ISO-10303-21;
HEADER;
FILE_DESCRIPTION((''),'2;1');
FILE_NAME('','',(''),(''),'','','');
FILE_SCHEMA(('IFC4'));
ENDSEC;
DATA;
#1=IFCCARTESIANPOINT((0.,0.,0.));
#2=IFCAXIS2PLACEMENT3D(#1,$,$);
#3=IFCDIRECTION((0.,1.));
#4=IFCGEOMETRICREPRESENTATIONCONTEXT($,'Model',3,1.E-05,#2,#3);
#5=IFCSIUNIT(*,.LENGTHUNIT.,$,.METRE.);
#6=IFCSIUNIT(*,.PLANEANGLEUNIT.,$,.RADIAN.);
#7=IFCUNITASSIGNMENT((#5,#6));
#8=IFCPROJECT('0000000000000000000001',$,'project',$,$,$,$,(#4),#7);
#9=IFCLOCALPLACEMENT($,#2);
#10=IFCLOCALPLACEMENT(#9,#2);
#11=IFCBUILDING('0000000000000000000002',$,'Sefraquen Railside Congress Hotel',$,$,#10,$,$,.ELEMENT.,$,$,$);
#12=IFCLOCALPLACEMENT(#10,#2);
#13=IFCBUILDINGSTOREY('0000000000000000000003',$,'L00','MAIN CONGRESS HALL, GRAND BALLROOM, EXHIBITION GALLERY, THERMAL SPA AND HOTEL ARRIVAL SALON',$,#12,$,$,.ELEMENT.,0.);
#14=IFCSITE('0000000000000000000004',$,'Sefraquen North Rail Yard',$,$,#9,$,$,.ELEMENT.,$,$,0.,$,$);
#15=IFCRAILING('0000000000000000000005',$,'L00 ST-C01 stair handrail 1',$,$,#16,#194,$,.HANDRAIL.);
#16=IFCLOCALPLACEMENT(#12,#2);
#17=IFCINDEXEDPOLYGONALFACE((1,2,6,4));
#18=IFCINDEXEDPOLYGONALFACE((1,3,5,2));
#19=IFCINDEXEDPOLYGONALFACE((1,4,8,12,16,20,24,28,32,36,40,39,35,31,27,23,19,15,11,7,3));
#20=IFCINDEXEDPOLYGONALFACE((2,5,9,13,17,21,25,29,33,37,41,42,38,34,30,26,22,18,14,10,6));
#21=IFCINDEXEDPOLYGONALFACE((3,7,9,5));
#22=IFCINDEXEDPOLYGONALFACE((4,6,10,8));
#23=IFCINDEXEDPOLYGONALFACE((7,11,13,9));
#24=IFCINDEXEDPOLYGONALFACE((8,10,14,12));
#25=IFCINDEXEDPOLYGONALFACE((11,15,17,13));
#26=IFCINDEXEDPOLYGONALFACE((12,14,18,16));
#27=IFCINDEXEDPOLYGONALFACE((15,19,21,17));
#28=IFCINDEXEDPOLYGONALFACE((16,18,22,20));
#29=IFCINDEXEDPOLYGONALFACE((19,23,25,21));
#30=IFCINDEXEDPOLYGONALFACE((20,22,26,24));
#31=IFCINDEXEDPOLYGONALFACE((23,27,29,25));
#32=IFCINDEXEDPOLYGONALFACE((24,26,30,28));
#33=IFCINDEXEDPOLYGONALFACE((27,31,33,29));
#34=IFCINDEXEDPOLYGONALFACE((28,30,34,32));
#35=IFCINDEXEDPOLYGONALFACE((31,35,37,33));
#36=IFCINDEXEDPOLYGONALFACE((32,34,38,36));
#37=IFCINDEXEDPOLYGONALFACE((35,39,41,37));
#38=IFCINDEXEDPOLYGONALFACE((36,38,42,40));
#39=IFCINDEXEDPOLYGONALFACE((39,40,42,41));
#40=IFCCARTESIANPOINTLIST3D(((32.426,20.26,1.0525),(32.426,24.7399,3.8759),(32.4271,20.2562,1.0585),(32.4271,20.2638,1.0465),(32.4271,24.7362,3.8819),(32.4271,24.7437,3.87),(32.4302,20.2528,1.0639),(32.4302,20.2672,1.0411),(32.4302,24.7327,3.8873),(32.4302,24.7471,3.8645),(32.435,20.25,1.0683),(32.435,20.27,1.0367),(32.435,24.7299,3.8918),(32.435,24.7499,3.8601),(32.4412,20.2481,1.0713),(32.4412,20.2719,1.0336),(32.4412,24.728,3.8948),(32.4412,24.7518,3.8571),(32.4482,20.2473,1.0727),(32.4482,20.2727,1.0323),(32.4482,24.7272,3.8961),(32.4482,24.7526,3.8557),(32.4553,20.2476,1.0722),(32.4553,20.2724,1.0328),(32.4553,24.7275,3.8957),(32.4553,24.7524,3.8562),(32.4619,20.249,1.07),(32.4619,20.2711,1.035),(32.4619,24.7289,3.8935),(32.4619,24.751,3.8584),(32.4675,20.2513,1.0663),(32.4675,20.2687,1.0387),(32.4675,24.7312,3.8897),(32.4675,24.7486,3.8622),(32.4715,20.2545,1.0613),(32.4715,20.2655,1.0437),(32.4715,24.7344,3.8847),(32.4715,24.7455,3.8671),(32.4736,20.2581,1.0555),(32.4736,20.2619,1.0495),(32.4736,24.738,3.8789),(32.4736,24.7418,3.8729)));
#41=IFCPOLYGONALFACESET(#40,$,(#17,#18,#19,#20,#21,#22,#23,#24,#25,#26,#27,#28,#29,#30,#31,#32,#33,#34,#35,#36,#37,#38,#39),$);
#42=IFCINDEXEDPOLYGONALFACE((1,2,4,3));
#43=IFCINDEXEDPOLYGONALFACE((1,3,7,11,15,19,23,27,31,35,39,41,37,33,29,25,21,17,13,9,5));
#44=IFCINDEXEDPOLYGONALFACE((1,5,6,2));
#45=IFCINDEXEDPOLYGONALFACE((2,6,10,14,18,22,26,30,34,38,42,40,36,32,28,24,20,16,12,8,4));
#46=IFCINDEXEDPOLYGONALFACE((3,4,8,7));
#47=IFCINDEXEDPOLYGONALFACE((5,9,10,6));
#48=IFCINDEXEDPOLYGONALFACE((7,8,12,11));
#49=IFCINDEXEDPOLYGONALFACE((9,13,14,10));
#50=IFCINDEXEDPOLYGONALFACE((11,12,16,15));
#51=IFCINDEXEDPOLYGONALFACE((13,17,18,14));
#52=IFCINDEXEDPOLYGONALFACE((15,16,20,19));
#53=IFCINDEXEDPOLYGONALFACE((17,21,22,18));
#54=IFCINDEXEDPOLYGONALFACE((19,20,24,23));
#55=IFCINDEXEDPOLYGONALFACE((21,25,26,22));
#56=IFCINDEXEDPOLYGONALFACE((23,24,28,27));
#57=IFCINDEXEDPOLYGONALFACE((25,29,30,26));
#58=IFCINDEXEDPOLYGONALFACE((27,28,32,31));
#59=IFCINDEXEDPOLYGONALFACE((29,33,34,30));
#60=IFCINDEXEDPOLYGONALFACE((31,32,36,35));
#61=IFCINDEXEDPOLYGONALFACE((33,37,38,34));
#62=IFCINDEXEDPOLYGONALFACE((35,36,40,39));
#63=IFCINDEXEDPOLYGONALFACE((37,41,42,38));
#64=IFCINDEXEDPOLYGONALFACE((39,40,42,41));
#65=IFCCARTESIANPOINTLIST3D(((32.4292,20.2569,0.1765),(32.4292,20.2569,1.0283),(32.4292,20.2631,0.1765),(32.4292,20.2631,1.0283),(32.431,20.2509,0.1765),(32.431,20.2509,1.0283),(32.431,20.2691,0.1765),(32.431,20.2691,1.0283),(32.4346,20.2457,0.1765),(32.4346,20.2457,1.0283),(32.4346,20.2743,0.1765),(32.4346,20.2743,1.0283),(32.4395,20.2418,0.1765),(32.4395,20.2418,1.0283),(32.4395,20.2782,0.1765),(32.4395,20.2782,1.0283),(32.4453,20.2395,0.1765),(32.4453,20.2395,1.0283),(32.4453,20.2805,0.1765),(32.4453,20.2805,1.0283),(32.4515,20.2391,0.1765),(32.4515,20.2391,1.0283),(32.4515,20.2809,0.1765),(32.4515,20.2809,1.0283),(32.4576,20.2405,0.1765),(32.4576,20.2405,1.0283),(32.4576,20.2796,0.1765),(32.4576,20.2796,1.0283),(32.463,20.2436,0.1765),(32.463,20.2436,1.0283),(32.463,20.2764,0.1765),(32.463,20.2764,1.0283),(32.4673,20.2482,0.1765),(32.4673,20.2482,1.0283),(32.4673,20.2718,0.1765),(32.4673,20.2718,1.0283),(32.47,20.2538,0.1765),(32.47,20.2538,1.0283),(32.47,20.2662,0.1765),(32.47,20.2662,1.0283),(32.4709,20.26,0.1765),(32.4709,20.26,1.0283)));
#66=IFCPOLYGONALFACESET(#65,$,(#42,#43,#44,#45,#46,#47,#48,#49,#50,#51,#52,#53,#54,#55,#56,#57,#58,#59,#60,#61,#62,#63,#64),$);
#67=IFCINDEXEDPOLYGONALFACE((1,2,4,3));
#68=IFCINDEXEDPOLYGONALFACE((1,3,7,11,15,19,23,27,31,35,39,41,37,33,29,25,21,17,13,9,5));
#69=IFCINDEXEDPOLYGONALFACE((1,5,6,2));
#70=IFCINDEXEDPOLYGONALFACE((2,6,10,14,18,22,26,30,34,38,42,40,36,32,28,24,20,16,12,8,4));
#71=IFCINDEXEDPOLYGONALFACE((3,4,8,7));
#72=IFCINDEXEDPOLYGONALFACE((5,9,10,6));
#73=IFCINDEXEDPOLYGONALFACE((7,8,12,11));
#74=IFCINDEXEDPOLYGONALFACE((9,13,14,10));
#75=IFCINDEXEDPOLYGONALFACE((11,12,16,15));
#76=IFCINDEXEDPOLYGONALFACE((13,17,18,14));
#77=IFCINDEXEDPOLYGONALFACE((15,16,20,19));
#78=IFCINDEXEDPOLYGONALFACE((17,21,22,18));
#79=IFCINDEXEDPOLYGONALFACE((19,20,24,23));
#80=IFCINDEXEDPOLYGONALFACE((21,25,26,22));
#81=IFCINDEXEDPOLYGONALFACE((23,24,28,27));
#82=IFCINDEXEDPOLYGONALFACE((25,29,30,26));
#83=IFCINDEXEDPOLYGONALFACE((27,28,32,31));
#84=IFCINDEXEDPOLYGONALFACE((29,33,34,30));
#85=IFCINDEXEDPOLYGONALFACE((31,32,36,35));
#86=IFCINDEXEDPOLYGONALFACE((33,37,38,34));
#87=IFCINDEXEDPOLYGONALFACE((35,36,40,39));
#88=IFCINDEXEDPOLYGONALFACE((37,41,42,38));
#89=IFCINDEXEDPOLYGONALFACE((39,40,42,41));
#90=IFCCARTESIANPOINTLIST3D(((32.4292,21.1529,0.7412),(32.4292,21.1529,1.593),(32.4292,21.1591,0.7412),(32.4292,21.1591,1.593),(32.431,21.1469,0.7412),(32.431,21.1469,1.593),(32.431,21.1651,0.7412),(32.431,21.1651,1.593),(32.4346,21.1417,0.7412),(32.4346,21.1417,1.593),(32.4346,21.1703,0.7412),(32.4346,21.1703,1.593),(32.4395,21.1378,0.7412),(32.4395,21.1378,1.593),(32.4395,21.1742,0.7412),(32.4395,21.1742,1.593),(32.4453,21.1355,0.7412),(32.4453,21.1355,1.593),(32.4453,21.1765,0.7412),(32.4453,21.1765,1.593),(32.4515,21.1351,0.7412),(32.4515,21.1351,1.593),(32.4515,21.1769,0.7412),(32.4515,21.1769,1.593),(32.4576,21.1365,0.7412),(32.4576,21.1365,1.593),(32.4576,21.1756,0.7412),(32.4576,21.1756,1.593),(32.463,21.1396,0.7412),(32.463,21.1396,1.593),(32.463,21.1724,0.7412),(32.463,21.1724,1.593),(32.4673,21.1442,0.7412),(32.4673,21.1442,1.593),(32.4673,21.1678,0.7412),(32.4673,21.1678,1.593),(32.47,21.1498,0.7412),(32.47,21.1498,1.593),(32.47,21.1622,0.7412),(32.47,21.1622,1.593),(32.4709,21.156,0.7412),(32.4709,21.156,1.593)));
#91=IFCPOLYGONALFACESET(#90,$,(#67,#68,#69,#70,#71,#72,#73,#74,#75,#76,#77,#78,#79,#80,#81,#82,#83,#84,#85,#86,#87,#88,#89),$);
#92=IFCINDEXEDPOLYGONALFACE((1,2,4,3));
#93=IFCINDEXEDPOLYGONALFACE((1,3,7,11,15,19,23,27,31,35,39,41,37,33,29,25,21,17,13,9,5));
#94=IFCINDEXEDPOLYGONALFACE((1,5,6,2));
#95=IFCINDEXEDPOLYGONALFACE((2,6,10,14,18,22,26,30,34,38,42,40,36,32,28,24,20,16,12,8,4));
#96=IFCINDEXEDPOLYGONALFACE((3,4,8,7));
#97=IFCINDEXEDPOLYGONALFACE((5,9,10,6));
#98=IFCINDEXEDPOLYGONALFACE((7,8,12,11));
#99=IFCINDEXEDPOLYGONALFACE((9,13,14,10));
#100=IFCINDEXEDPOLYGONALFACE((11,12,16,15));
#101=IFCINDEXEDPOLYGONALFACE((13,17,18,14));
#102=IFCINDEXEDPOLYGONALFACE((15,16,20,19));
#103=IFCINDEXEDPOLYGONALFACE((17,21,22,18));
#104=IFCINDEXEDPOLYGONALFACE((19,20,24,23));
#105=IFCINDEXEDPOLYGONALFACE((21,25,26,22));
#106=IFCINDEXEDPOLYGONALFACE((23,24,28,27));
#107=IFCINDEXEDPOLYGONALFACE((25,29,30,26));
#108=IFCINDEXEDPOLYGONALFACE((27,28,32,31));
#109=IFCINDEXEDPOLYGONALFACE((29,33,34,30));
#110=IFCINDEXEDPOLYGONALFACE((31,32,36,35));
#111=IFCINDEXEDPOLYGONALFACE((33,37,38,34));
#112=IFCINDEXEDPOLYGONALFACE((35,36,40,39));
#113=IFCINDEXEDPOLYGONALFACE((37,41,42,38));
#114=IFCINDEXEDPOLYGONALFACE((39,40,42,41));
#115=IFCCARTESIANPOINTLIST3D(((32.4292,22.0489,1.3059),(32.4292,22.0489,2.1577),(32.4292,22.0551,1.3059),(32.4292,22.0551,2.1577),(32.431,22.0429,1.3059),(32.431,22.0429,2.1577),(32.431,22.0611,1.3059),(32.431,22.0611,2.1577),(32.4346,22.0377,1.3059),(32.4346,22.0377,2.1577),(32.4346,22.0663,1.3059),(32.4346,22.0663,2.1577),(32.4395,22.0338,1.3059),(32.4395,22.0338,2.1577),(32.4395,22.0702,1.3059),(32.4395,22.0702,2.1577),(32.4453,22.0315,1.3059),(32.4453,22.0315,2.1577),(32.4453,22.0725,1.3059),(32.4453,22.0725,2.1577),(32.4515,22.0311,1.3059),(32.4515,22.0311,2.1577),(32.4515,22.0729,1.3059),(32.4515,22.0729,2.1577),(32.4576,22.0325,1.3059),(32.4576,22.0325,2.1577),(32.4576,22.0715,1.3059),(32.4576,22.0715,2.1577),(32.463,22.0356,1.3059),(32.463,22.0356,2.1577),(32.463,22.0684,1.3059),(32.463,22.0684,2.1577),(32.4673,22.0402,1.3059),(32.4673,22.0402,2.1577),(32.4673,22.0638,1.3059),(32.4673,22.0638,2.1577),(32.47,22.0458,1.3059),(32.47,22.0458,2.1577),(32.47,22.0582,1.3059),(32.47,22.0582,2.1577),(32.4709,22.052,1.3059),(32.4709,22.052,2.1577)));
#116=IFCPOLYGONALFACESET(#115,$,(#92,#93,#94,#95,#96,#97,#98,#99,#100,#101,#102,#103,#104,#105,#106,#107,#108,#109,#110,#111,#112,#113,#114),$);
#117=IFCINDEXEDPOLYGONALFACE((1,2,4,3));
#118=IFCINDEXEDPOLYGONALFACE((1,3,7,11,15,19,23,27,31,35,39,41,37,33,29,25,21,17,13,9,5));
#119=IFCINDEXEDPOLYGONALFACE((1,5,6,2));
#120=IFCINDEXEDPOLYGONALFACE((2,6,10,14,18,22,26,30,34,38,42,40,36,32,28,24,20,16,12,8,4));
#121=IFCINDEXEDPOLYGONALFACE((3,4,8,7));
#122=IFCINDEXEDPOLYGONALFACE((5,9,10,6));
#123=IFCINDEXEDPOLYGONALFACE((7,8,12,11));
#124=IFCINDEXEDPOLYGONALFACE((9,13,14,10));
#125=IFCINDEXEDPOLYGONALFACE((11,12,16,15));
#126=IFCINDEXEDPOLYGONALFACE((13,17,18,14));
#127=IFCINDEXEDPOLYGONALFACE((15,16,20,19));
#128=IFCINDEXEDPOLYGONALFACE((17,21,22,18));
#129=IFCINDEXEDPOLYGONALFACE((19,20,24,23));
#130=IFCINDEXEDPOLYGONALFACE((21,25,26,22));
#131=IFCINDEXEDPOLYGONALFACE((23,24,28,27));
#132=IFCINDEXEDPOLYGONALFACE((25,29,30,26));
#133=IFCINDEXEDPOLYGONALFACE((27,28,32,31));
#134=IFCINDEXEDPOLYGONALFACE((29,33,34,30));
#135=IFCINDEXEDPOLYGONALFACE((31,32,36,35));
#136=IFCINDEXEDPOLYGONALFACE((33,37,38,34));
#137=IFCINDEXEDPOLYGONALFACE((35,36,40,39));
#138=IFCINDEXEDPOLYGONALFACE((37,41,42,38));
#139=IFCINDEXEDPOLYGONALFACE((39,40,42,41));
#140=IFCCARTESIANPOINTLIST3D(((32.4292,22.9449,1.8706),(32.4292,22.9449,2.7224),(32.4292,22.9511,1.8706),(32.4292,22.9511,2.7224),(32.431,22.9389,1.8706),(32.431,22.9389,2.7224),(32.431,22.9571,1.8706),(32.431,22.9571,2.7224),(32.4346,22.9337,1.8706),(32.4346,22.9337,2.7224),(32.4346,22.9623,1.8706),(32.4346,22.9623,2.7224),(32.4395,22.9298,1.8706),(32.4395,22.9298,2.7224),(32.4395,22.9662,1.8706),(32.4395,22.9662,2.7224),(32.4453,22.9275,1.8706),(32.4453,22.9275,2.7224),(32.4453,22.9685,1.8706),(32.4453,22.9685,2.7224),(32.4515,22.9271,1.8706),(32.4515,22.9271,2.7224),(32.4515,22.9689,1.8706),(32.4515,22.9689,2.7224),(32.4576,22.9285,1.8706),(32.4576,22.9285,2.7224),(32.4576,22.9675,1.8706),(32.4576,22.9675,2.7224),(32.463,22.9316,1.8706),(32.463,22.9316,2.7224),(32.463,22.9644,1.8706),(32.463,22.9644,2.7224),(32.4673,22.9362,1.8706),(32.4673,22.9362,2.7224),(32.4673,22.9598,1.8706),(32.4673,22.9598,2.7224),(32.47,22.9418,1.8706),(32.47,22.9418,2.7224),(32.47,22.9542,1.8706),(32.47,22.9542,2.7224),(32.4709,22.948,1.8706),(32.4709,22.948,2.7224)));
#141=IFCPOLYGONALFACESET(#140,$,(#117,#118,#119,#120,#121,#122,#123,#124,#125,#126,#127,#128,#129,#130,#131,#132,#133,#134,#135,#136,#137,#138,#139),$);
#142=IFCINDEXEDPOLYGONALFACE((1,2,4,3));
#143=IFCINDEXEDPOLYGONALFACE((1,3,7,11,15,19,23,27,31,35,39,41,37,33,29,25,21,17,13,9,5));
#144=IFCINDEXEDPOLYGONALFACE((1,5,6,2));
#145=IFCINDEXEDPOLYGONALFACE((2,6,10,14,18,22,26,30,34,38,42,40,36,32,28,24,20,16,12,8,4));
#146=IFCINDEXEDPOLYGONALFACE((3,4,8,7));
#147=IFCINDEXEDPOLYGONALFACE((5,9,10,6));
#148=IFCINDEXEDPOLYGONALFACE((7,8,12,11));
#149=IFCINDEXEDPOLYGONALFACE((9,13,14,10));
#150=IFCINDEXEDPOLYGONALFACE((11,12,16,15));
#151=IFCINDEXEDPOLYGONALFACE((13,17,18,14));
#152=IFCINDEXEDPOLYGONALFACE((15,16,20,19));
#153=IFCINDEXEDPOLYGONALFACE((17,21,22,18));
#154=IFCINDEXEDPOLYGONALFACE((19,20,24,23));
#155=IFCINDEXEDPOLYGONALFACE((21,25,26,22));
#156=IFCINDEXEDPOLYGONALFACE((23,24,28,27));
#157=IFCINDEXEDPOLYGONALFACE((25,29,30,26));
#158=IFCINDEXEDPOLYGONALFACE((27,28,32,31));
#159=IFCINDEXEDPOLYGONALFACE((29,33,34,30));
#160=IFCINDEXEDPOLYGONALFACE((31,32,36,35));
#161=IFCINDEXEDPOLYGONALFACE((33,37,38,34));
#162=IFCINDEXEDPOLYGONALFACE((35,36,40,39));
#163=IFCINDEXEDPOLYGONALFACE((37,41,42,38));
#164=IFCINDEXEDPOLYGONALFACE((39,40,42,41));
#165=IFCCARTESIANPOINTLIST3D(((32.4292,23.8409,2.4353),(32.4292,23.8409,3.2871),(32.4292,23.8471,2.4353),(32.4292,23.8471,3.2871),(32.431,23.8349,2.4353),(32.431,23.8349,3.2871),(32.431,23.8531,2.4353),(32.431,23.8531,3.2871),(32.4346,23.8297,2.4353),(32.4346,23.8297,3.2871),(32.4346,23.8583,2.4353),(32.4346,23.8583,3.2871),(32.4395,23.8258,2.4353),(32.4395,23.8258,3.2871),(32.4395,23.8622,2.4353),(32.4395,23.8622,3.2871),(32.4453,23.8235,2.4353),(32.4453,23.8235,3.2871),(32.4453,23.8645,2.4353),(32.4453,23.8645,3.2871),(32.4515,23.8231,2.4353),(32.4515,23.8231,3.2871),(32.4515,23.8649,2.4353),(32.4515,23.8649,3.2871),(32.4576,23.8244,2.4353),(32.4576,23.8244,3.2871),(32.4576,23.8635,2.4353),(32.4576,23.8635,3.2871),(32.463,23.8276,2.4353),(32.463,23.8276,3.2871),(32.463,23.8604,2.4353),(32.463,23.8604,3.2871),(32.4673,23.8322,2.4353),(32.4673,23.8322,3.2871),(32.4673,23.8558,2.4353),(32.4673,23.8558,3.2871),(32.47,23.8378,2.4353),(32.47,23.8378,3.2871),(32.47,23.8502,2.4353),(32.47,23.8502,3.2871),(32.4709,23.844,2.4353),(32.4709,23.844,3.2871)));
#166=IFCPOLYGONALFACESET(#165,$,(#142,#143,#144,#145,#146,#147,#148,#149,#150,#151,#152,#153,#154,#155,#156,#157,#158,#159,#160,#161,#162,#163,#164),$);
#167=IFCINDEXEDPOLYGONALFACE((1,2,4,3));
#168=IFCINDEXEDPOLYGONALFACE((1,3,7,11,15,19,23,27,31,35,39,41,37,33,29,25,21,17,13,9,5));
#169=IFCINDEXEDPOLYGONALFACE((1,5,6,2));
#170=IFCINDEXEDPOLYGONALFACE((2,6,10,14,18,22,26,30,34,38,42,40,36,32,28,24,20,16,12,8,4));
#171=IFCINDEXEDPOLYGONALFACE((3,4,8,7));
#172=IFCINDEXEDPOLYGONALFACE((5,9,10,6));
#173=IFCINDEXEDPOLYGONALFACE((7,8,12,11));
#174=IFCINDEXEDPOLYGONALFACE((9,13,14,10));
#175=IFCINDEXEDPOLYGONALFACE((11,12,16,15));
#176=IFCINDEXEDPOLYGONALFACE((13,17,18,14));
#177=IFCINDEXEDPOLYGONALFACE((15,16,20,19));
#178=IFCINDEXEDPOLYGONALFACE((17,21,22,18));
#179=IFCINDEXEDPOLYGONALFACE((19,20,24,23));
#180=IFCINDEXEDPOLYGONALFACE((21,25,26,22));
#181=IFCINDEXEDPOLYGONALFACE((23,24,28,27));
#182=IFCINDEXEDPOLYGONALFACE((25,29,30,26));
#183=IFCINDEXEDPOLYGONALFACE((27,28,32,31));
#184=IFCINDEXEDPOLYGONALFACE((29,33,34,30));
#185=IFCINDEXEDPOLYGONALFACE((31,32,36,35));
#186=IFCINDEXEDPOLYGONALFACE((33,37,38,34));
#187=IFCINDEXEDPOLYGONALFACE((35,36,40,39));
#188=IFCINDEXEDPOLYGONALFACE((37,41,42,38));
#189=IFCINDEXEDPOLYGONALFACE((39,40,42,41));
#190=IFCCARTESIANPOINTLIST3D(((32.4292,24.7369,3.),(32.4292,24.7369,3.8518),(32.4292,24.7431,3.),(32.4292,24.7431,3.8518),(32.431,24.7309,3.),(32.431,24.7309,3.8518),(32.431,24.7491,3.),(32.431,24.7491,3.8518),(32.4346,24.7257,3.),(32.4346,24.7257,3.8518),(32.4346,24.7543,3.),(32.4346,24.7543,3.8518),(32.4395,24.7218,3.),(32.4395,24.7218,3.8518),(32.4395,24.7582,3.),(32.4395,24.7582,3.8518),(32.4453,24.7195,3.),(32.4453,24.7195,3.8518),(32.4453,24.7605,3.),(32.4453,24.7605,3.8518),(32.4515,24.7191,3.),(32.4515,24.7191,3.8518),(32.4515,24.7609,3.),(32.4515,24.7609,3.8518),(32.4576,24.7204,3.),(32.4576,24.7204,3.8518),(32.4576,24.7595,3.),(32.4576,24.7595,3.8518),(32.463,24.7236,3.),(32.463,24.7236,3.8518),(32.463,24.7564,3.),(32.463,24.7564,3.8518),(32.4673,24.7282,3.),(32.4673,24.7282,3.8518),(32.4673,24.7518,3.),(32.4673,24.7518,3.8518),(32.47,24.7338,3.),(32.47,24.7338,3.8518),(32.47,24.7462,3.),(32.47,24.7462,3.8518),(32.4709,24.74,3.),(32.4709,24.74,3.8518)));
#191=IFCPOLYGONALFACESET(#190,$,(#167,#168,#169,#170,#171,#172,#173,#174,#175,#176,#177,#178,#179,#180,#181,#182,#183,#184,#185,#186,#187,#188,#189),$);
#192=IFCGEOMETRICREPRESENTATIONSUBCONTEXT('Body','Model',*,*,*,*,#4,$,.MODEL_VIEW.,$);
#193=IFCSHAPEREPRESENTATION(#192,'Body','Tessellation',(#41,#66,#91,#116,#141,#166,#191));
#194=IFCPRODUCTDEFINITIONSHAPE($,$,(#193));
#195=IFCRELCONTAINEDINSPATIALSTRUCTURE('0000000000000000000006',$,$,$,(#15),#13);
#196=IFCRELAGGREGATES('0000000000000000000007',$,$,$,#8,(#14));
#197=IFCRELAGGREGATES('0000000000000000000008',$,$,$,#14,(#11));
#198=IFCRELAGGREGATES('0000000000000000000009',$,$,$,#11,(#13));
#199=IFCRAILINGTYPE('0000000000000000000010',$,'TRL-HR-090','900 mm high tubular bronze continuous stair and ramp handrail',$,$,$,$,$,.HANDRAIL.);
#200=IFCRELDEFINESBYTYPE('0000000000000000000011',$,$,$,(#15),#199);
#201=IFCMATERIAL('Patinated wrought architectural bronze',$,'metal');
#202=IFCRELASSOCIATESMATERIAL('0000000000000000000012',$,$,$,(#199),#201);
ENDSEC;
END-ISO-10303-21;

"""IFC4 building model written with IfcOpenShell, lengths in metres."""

from ifc_helpers import new_model, si_unit, direction, frame, origin, origin_2d, place, context, subcontext, project, spatial, circle, extrude, material, type_object, element, save


model = new_model("IFC4")

# Units and contexts
model_context = context("Model", 3, precision=1e-05, world=origin(), true_north=direction((0.0, 1.0)))
body_context = subcontext(model_context, "Body", "Model", "MODEL_VIEW")
ifc_project = project(units=[si_unit("LENGTHUNIT", "METRE"), si_unit("PLANEANGLEUNIT", "RADIAN")], contexts=[model_context])

# Site, building, storey
site_placement = place(None, origin())
site = spatial("IfcSite", under=ifc_project, at=site_placement, Name="Sefraquen North Rail Yard", CompositionType="ELEMENT", RefElevation=0.0)
building_placement = place(site_placement, origin())
building = spatial("IfcBuilding", under=site, at=building_placement, Name="Sefraquen Railside Congress Hotel", CompositionType="ELEMENT")
storey_placement = place(building_placement, origin())
storey = spatial("IfcBuildingStorey", under=building, at=storey_placement, Name="L00", Description="MAIN CONGRESS HALL, GRAND BALLROOM, EXHIBITION GALLERY, THERMAL SPA AND HOTEL ARRIVAL SALON", CompositionType="ELEMENT", Elevation=0.0)

# Shared definitions
ifc_material_1 = material(Name="Patinated wrought architectural bronze", Category="metal")

# Railing
railing_type_1 = type_object("IfcRailingType", Name="TRL-HR-090", Description="900 mm high tubular bronze continuous stair and ramp handrail", PredefinedType="HANDRAIL", material=ifc_material_1)
railing_1_placement = place(storey_placement, frame((32.45, 20.26, 0.1765)))
element("IfcRailing", 1, at=railing_1_placement, inside=storey, type_object=railing_type_1, Name="L00 ST-C01 stair handrail 1", PredefinedType="HANDRAIL", context=body_context, shape_type="SweptSolid", body=[
    extrude(circle(Radius=0.0239, at=origin_2d()), frame((0.0, 0.0, 0.876), z_axis=(0.0, 0.845998, 0.533186), x_axis=(-1.0, 0.0, 0.0)), (0.0, 0.0, 1.0), 5.2954),
    extrude(circle(Radius=0.021, at=origin_2d()), origin(), (0.0, 0.0, 1.0), 0.8518),
    extrude(circle(Radius=0.021, at=origin_2d()), frame((0.0, 0.896, 0.5647)), (0.0, 0.0, 1.0), 0.8518),
    extrude(circle(Radius=0.021, at=origin_2d()), frame((0.0, 1.792, 1.1294)), (0.0, 0.0, 1.0), 0.8518),
    extrude(circle(Radius=0.021, at=origin_2d()), frame((0.0, 2.688, 1.6941)), (0.0, 0.0, 1.0), 0.8518),
    extrude(circle(Radius=0.021, at=origin_2d()), frame((0.0, 3.584, 2.2588)), (0.0, 0.0, 1.0), 0.8518),
    extrude(circle(Radius=0.021, at=origin_2d()), frame((0.0, 4.48, 2.8235)), (0.0, 0.0, 1.0), 0.8518),
])

save(model, "model.ifc")
